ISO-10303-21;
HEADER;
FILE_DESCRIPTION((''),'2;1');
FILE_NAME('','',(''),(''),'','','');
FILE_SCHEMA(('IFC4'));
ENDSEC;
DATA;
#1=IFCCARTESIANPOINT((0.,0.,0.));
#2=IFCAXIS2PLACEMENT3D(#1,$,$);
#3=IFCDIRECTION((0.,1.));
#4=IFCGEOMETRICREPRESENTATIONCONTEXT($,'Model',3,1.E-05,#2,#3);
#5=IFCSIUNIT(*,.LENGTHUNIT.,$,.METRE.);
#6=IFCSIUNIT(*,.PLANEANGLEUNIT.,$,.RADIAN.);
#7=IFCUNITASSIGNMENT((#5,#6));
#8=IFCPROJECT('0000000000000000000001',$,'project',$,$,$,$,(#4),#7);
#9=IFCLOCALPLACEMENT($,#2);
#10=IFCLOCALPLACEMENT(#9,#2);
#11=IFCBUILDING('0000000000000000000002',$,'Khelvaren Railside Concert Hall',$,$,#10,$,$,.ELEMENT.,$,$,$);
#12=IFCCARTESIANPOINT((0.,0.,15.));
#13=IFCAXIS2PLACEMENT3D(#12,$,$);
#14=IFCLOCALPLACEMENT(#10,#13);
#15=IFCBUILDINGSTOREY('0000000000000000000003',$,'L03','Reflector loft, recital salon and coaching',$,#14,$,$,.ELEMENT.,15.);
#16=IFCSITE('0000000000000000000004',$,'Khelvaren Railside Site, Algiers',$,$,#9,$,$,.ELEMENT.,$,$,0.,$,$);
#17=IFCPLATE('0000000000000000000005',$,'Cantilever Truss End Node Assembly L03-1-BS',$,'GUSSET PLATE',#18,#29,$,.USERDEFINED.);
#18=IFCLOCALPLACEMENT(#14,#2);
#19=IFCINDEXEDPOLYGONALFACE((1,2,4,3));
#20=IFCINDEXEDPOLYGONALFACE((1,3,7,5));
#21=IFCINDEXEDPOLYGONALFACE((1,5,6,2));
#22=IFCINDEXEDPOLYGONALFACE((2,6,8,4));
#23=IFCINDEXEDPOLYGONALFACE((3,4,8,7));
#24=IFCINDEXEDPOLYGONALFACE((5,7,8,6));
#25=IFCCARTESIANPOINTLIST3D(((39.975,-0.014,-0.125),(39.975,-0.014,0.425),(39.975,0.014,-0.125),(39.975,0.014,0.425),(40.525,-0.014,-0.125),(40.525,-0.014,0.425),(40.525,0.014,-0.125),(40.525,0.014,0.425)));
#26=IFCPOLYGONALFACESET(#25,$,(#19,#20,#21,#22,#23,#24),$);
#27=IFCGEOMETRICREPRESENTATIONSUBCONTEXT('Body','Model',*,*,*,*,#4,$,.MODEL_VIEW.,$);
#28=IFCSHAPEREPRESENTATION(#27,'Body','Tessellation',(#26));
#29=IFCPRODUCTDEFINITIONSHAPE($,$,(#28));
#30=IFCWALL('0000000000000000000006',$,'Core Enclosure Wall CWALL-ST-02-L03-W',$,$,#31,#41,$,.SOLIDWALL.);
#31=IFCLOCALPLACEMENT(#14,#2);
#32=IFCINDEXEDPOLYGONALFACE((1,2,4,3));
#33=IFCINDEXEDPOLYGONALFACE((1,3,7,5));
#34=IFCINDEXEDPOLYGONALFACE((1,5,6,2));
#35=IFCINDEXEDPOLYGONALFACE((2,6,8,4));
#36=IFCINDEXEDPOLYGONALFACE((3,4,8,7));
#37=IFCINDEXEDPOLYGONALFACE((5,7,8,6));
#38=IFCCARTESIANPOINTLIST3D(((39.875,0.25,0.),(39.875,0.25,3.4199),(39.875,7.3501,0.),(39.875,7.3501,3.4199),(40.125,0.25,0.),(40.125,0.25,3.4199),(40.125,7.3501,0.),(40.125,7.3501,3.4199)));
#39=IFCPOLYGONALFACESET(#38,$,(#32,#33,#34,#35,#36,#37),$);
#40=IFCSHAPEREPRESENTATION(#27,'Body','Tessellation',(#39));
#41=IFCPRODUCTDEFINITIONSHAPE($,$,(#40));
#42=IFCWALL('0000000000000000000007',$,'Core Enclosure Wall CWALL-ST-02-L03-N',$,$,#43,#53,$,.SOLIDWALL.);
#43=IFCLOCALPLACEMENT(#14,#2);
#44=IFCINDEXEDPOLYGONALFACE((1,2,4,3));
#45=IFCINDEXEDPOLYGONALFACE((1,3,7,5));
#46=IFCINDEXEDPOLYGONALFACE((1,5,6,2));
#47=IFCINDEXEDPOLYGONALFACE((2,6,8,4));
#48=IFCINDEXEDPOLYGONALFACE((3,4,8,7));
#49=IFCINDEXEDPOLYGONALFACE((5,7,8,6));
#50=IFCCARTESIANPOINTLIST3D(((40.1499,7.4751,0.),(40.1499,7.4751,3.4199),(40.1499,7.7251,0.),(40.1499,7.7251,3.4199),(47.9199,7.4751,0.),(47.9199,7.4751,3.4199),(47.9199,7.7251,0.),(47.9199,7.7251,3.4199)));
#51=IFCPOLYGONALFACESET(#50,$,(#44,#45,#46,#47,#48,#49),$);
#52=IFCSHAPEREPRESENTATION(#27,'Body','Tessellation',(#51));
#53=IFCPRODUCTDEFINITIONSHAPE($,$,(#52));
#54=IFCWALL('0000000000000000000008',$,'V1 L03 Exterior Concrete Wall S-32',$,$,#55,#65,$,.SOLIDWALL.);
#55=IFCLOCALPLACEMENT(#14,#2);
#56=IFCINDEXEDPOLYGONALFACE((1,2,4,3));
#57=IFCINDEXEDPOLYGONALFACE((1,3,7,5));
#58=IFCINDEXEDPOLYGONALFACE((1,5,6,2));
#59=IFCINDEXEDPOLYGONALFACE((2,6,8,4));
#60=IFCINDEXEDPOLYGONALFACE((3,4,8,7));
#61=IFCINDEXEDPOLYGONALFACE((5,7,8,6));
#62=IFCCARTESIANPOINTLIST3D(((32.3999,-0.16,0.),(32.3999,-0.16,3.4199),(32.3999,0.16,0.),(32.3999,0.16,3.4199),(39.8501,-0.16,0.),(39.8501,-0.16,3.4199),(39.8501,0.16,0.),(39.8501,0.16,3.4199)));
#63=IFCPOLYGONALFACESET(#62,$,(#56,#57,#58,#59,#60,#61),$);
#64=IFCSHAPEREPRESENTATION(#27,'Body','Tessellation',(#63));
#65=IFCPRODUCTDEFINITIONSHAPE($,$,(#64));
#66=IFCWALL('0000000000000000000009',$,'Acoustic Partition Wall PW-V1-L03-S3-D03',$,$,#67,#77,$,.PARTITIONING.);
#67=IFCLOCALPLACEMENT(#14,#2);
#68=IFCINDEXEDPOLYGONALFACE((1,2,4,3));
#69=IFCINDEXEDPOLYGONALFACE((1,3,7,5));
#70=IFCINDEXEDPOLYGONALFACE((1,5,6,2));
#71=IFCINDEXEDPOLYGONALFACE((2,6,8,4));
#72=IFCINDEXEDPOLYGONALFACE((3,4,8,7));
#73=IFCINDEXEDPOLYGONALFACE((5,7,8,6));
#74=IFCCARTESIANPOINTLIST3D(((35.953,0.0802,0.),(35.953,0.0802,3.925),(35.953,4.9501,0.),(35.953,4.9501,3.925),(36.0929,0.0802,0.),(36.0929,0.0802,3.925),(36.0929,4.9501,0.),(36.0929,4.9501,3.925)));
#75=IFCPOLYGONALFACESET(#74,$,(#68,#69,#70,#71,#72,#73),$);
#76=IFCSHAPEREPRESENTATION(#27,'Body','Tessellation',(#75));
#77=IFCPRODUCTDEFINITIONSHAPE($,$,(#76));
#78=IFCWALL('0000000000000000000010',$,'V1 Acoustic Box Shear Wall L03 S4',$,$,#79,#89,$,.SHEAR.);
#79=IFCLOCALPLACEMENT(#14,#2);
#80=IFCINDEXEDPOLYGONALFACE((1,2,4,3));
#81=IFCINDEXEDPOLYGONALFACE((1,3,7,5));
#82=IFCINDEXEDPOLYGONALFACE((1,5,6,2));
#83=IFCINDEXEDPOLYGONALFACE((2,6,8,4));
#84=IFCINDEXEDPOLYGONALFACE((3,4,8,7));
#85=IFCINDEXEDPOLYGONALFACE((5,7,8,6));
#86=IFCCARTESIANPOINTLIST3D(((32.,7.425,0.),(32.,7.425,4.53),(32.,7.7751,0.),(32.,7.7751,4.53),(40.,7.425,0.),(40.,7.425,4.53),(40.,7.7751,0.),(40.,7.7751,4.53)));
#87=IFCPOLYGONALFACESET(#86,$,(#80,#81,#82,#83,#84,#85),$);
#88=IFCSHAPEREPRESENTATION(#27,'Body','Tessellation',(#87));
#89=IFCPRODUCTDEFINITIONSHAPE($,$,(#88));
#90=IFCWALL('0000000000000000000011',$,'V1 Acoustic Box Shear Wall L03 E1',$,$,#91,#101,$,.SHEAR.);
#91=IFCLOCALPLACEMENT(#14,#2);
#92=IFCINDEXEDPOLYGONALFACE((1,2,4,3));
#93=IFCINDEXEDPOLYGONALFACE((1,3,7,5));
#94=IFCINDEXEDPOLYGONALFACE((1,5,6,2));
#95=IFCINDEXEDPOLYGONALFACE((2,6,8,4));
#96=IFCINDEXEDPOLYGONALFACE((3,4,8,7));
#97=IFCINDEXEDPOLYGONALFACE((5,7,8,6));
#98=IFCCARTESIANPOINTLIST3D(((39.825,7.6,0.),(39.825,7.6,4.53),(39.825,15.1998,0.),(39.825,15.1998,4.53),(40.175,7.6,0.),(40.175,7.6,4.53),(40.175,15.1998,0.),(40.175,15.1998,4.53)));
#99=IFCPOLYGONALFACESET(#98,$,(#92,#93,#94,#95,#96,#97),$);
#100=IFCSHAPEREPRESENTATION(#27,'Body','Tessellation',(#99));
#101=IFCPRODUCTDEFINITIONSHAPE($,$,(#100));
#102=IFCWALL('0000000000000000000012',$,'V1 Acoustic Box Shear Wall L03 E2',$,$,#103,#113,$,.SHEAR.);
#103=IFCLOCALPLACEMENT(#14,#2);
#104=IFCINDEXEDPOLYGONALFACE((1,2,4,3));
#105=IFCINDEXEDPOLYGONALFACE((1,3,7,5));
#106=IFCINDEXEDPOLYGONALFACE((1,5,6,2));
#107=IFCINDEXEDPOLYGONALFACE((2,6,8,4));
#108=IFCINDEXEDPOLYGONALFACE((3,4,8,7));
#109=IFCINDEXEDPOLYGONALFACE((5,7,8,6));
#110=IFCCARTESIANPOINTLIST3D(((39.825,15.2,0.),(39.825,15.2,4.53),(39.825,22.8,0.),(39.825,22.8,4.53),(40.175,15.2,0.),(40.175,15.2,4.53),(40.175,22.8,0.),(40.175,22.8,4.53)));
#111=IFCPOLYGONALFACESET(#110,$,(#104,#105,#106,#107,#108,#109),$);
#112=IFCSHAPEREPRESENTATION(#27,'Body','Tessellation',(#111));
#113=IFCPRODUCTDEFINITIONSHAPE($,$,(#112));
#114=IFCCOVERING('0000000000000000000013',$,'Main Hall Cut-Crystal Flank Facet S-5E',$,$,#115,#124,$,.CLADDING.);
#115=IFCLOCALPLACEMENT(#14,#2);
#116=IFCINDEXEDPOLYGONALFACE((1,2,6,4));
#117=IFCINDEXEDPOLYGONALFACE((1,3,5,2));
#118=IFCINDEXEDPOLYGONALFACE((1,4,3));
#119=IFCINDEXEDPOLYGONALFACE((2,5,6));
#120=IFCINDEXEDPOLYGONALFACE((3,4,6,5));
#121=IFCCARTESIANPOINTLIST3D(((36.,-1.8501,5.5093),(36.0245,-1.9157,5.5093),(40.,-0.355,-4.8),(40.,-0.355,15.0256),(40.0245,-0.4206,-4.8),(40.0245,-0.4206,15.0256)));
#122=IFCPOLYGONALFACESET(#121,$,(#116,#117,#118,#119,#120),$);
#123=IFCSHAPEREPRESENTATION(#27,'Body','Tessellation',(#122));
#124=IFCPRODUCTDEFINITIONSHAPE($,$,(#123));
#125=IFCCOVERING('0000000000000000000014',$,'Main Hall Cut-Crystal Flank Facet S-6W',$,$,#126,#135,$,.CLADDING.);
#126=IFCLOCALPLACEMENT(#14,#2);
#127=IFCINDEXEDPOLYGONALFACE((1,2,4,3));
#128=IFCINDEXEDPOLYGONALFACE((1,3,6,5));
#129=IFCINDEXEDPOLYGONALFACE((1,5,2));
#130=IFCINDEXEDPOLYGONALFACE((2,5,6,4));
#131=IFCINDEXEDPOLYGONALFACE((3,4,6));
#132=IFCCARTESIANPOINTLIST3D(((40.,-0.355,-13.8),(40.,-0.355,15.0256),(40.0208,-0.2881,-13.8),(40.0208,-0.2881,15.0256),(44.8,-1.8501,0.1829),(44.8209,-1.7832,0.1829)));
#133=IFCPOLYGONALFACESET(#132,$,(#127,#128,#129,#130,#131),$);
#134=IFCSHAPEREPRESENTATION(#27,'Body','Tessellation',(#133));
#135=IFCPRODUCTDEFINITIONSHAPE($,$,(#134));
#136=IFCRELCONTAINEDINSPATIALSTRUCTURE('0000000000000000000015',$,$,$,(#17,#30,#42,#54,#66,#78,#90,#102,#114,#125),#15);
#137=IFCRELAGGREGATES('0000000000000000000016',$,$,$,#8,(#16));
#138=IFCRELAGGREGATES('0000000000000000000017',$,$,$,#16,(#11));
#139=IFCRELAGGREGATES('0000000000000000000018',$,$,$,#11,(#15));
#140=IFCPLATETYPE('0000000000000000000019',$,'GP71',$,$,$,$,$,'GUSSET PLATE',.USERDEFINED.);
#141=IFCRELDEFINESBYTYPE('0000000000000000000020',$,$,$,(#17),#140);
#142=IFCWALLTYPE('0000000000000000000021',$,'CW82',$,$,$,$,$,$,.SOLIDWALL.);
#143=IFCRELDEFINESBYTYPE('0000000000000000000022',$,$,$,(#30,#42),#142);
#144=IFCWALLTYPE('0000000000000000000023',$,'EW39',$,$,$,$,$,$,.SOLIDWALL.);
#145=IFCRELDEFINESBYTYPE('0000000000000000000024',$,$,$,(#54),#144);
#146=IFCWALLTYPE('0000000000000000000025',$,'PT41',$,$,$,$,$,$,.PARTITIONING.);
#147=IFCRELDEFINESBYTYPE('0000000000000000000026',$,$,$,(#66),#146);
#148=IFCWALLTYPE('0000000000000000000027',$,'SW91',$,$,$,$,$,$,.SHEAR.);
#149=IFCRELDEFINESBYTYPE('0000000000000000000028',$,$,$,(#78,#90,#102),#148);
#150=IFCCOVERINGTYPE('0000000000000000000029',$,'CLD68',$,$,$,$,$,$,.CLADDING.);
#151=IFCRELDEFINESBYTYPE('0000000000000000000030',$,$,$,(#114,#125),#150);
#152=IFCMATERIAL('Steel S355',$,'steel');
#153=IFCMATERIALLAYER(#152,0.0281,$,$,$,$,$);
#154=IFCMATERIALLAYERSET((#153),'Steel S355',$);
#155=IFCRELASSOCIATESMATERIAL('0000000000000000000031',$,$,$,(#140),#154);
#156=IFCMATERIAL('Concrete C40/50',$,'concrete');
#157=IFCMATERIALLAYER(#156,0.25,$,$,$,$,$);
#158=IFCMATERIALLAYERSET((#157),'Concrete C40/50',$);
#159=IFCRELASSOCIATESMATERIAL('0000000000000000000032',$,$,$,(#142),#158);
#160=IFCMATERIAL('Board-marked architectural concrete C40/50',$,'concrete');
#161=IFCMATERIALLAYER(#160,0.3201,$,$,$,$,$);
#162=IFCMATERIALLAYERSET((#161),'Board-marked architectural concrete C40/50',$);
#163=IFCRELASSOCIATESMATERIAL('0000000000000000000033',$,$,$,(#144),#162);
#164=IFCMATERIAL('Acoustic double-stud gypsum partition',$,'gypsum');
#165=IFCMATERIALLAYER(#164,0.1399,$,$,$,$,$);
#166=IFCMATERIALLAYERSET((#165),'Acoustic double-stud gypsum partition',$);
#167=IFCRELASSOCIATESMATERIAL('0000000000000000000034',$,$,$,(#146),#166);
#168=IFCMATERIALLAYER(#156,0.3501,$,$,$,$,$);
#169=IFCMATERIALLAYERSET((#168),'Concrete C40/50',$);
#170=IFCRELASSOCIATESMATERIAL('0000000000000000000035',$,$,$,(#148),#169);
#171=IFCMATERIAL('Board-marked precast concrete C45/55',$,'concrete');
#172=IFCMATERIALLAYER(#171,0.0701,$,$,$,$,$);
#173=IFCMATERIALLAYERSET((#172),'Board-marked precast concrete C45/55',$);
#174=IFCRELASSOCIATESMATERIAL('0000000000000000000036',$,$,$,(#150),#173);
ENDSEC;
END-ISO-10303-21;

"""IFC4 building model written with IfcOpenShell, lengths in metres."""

from ifc_helpers import new_model, si_unit, direction, frame, frame_2d, origin, origin_2d, place, context, subcontext, project, spatial, polyline, rectangle, outline, extrude, material, layer, layer_set, type_object, element, save


model = new_model("IFC4")

# Units and contexts
model_context = context("Model", 3, precision=1e-05, world=origin(), true_north=direction((0.0, 1.0)))
body_context = subcontext(model_context, "Body", "Model", "MODEL_VIEW")
ifc_project = project(units=[si_unit("LENGTHUNIT", "METRE"), si_unit("PLANEANGLEUNIT", "RADIAN")], contexts=[model_context])

# Site, building, storey
site_placement = place(None, origin())
site = spatial("IfcSite", under=ifc_project, at=site_placement, Name="Khelvaren Railside Site, Algiers", CompositionType="ELEMENT", RefElevation=0.0)
building_placement = place(site_placement, origin())
building = spatial("IfcBuilding", under=site, at=building_placement, Name="Khelvaren Railside Concert Hall", CompositionType="ELEMENT")
storey_placement = place(building_placement, frame((0.0, 0.0, 15.0)))
storey = spatial("IfcBuildingStorey", under=building, at=storey_placement, Name="L03", Description="Reflector loft, recital salon and coaching", CompositionType="ELEMENT", Elevation=15.0)

# Shared definitions
ifc_material_1 = material(Name="Steel S355", Category="steel")

# Shared definitions
ifc_material_2 = material(Name="Concrete C40/50", Category="concrete")

# Plate
ifc_layer_1 = layer(ifc_material_1, 0.0281)
ifc_layer_set_1 = layer_set([ifc_layer_1], Name="Steel S355")
plate_type = type_object("IfcPlateType", Name="GP71", ElementType="GUSSET PLATE", PredefinedType="USERDEFINED", material=ifc_layer_set_1)
plate_placement = place(storey_placement, frame((40.25, 0.0, -0.125), z_axis=(0.0, 0.0, 1.0), x_axis=(1.0, 0.0, 0.0)))
element("IfcPlate", 1, at=plate_placement, inside=storey, type_object=plate_type, Name="Cantilever Truss End Node Assembly L03-1-BS", ObjectType="GUSSET PLATE", PredefinedType="USERDEFINED", context=body_context, shape_type="SweptSolid", body=[
    extrude(rectangle(XDim=0.55, YDim=0.0281, at=origin_2d()), origin(), (0.0, 0.0, 1.0), 0.55),
])

# Walls
ifc_layer_2 = layer(ifc_material_2, 0.25)
ifc_layer_set_2 = layer_set([ifc_layer_2], Name="Concrete C40/50")
wall_type_1 = type_object("IfcWallType", Name="CW82", PredefinedType="SOLIDWALL", material=ifc_layer_set_2)
wall_1_placement = place(storey_placement, frame((40.0, 0.25, 0.0), z_axis=(0.0, 0.0, 1.0), x_axis=(0.0, 1.0, 0.0)))
element("IfcWall", 2, at=wall_1_placement, inside=storey, type_object=wall_type_1, Name="Core Enclosure Wall CWALL-ST-02-L03-W", PredefinedType="SOLIDWALL", context=body_context, shape_type="SweptSolid", body=[
    extrude(rectangle(XDim=7.1001, YDim=0.25, at=frame_2d((3.55, 0.0))), origin(), (0.0, 0.0, 1.0), 3.4199),
])
wall_2_placement = place(storey_placement, frame((40.1499, 7.6001, 0.0), z_axis=(0.0, 0.0, 1.0), x_axis=(1.0, 0.0, 0.0)))
element("IfcWall", 3, at=wall_2_placement, inside=storey, type_object=wall_type_1, Name="Core Enclosure Wall CWALL-ST-02-L03-N", PredefinedType="SOLIDWALL", context=body_context, shape_type="SweptSolid", body=[
    extrude(rectangle(XDim=7.77, YDim=0.25, at=frame_2d((3.885, 0.0))), origin(), (0.0, 0.0, 1.0), 3.4199),
])
ifc_material_3 = material(Name="Board-marked architectural concrete C40/50", Category="concrete")
ifc_layer_3 = layer(ifc_material_3, 0.3201)
ifc_layer_set_3 = layer_set([ifc_layer_3], Name="Board-marked architectural concrete C40/50")
wall_type_2 = type_object("IfcWallType", Name="EW39", PredefinedType="SOLIDWALL", material=ifc_layer_set_3)
wall_3_placement = place(storey_placement, frame((39.8501, 0.0, 0.0), z_axis=(0.0, 0.0, 1.0), x_axis=(-1.0, 0.0, 0.0)))
element("IfcWall", 4, at=wall_3_placement, inside=storey, type_object=wall_type_2, Name="V1 L03 Exterior Concrete Wall S-32", PredefinedType="SOLIDWALL", context=body_context, shape_type="SweptSolid", body=[
    extrude(rectangle(XDim=7.4502, YDim=0.3201, at=frame_2d((3.7251, 0.0))), origin(), (0.0, 0.0, 1.0), 3.4199),
])
ifc_material_4 = material(Name="Acoustic double-stud gypsum partition", Category="gypsum")
ifc_layer_4 = layer(ifc_material_4, 0.1399)
ifc_layer_set_4 = layer_set([ifc_layer_4], Name="Acoustic double-stud gypsum partition")
wall_type_3 = type_object("IfcWallType", Name="PT41", PredefinedType="PARTITIONING", material=ifc_layer_set_4)
wall_4_placement = place(storey_placement, frame((36.0229, 0.0801, 0.0), z_axis=(0.0, 0.0, 1.0), x_axis=(0.0, 1.0, 0.0)))
element("IfcWall", 5, at=wall_4_placement, inside=storey, type_object=wall_type_3, Name="Acoustic Partition Wall PW-V1-L03-S3-D03", PredefinedType="PARTITIONING", context=body_context, shape_type="SweptSolid", body=[
    extrude(rectangle(XDim=4.8699, YDim=0.1399, at=frame_2d((2.4351, 0.0))), origin(), (0.0, 0.0, 1.0), 3.925),
])

# Walls
ifc_layer_5 = layer(ifc_material_2, 0.3501)
ifc_layer_set_5 = layer_set([ifc_layer_5], Name="Concrete C40/50")
wall_type_4 = type_object("IfcWallType", Name="SW91", PredefinedType="SHEAR", material=ifc_layer_set_5)
wall_5_placement = place(storey_placement, frame((32.0, 7.6001, 0.0), z_axis=(0.0, 0.0, 1.0), x_axis=(1.0, 0.0, 0.0)))
element("IfcWall", 6, at=wall_5_placement, inside=storey, type_object=wall_type_4, Name="V1 Acoustic Box Shear Wall L03 S4", PredefinedType="SHEAR", context=body_context, shape_type="SweptSolid", body=[
    extrude(rectangle(XDim=8.0, YDim=0.3501, at=frame_2d((4.0, 0.0))), origin(), (0.0, 0.0, 1.0), 4.53),
])
wall_6_placement = place(storey_placement, frame((40.0, 7.6001, 0.0), z_axis=(0.0, 0.0, 1.0), x_axis=(0.0, 1.0, 0.0)))
element("IfcWall", 7, at=wall_6_placement, inside=storey, type_object=wall_type_4, Name="V1 Acoustic Box Shear Wall L03 E1", PredefinedType="SHEAR", context=body_context, shape_type="SweptSolid", body=[
    extrude(rectangle(XDim=7.5999, YDim=0.3501, at=frame_2d((3.7998, 0.0))), origin(), (0.0, 0.0, 1.0), 4.53),
])
wall_7_placement = place(storey_placement, frame((40.0, 15.2, 0.0), z_axis=(0.0, 0.0, 1.0), x_axis=(0.0, 1.0, 0.0)))
element("IfcWall", 8, at=wall_7_placement, inside=storey, type_object=wall_type_4, Name="V1 Acoustic Box Shear Wall L03 E2", PredefinedType="SHEAR", context=body_context, shape_type="SweptSolid", body=[
    extrude(rectangle(XDim=7.6001, YDim=0.3501, at=frame_2d((3.8, 0.0))), origin(), (0.0, 0.0, 1.0), 4.53),
])

# Coverings
ifc_material_5 = material(Name="Board-marked precast concrete C45/55", Category="concrete")
ifc_layer_6 = layer(ifc_material_5, 0.0701)
ifc_layer_set_6 = layer_set([ifc_layer_6], Name="Board-marked precast concrete C45/55")
covering_type = type_object("IfcCoveringType", Name="CLD68", PredefinedType="CLADDING", material=ifc_layer_set_6)
covering_1_placement = place(storey_placement, frame((40.0, -0.355, 15.0256), z_axis=(-0.350121, 0.936705, 0.0), x_axis=(0.0, 0.0, -1.0)))
element("IfcCovering", 9, at=covering_1_placement, inside=storey, type_object=covering_type, Name="Main Hall Cut-Crystal Flank Facet S-5E", PredefinedType="CLADDING", context=body_context, shape_type="SweptSolid", body=[
    extrude(outline(polyline([(0.0, 0.0), (19.8257, 0.0), (9.5164, 4.2703), (0.0, 0.0)])), origin(), (0.0, 0.0, -1.0), 0.0701),
])
covering_2_placement = place(storey_placement, frame((40.0, -0.355, 15.0256), z_axis=(-0.297387, -0.954757, 0.0), x_axis=(0.0, 0.0, -1.0)))
element("IfcCovering", 10, at=covering_2_placement, inside=storey, type_object=covering_type, Name="Main Hall Cut-Crystal Flank Facet S-6W", PredefinedType="CLADDING", context=body_context, shape_type="SweptSolid", body=[
    extrude(outline(polyline([(0.0, 0.0), (28.8257, 0.0), (14.8428, 5.0275), (0.0, 0.0)])), origin(), (0.0, 0.0, -1.0), 0.0701),
])

save(model, "model.ifc")
